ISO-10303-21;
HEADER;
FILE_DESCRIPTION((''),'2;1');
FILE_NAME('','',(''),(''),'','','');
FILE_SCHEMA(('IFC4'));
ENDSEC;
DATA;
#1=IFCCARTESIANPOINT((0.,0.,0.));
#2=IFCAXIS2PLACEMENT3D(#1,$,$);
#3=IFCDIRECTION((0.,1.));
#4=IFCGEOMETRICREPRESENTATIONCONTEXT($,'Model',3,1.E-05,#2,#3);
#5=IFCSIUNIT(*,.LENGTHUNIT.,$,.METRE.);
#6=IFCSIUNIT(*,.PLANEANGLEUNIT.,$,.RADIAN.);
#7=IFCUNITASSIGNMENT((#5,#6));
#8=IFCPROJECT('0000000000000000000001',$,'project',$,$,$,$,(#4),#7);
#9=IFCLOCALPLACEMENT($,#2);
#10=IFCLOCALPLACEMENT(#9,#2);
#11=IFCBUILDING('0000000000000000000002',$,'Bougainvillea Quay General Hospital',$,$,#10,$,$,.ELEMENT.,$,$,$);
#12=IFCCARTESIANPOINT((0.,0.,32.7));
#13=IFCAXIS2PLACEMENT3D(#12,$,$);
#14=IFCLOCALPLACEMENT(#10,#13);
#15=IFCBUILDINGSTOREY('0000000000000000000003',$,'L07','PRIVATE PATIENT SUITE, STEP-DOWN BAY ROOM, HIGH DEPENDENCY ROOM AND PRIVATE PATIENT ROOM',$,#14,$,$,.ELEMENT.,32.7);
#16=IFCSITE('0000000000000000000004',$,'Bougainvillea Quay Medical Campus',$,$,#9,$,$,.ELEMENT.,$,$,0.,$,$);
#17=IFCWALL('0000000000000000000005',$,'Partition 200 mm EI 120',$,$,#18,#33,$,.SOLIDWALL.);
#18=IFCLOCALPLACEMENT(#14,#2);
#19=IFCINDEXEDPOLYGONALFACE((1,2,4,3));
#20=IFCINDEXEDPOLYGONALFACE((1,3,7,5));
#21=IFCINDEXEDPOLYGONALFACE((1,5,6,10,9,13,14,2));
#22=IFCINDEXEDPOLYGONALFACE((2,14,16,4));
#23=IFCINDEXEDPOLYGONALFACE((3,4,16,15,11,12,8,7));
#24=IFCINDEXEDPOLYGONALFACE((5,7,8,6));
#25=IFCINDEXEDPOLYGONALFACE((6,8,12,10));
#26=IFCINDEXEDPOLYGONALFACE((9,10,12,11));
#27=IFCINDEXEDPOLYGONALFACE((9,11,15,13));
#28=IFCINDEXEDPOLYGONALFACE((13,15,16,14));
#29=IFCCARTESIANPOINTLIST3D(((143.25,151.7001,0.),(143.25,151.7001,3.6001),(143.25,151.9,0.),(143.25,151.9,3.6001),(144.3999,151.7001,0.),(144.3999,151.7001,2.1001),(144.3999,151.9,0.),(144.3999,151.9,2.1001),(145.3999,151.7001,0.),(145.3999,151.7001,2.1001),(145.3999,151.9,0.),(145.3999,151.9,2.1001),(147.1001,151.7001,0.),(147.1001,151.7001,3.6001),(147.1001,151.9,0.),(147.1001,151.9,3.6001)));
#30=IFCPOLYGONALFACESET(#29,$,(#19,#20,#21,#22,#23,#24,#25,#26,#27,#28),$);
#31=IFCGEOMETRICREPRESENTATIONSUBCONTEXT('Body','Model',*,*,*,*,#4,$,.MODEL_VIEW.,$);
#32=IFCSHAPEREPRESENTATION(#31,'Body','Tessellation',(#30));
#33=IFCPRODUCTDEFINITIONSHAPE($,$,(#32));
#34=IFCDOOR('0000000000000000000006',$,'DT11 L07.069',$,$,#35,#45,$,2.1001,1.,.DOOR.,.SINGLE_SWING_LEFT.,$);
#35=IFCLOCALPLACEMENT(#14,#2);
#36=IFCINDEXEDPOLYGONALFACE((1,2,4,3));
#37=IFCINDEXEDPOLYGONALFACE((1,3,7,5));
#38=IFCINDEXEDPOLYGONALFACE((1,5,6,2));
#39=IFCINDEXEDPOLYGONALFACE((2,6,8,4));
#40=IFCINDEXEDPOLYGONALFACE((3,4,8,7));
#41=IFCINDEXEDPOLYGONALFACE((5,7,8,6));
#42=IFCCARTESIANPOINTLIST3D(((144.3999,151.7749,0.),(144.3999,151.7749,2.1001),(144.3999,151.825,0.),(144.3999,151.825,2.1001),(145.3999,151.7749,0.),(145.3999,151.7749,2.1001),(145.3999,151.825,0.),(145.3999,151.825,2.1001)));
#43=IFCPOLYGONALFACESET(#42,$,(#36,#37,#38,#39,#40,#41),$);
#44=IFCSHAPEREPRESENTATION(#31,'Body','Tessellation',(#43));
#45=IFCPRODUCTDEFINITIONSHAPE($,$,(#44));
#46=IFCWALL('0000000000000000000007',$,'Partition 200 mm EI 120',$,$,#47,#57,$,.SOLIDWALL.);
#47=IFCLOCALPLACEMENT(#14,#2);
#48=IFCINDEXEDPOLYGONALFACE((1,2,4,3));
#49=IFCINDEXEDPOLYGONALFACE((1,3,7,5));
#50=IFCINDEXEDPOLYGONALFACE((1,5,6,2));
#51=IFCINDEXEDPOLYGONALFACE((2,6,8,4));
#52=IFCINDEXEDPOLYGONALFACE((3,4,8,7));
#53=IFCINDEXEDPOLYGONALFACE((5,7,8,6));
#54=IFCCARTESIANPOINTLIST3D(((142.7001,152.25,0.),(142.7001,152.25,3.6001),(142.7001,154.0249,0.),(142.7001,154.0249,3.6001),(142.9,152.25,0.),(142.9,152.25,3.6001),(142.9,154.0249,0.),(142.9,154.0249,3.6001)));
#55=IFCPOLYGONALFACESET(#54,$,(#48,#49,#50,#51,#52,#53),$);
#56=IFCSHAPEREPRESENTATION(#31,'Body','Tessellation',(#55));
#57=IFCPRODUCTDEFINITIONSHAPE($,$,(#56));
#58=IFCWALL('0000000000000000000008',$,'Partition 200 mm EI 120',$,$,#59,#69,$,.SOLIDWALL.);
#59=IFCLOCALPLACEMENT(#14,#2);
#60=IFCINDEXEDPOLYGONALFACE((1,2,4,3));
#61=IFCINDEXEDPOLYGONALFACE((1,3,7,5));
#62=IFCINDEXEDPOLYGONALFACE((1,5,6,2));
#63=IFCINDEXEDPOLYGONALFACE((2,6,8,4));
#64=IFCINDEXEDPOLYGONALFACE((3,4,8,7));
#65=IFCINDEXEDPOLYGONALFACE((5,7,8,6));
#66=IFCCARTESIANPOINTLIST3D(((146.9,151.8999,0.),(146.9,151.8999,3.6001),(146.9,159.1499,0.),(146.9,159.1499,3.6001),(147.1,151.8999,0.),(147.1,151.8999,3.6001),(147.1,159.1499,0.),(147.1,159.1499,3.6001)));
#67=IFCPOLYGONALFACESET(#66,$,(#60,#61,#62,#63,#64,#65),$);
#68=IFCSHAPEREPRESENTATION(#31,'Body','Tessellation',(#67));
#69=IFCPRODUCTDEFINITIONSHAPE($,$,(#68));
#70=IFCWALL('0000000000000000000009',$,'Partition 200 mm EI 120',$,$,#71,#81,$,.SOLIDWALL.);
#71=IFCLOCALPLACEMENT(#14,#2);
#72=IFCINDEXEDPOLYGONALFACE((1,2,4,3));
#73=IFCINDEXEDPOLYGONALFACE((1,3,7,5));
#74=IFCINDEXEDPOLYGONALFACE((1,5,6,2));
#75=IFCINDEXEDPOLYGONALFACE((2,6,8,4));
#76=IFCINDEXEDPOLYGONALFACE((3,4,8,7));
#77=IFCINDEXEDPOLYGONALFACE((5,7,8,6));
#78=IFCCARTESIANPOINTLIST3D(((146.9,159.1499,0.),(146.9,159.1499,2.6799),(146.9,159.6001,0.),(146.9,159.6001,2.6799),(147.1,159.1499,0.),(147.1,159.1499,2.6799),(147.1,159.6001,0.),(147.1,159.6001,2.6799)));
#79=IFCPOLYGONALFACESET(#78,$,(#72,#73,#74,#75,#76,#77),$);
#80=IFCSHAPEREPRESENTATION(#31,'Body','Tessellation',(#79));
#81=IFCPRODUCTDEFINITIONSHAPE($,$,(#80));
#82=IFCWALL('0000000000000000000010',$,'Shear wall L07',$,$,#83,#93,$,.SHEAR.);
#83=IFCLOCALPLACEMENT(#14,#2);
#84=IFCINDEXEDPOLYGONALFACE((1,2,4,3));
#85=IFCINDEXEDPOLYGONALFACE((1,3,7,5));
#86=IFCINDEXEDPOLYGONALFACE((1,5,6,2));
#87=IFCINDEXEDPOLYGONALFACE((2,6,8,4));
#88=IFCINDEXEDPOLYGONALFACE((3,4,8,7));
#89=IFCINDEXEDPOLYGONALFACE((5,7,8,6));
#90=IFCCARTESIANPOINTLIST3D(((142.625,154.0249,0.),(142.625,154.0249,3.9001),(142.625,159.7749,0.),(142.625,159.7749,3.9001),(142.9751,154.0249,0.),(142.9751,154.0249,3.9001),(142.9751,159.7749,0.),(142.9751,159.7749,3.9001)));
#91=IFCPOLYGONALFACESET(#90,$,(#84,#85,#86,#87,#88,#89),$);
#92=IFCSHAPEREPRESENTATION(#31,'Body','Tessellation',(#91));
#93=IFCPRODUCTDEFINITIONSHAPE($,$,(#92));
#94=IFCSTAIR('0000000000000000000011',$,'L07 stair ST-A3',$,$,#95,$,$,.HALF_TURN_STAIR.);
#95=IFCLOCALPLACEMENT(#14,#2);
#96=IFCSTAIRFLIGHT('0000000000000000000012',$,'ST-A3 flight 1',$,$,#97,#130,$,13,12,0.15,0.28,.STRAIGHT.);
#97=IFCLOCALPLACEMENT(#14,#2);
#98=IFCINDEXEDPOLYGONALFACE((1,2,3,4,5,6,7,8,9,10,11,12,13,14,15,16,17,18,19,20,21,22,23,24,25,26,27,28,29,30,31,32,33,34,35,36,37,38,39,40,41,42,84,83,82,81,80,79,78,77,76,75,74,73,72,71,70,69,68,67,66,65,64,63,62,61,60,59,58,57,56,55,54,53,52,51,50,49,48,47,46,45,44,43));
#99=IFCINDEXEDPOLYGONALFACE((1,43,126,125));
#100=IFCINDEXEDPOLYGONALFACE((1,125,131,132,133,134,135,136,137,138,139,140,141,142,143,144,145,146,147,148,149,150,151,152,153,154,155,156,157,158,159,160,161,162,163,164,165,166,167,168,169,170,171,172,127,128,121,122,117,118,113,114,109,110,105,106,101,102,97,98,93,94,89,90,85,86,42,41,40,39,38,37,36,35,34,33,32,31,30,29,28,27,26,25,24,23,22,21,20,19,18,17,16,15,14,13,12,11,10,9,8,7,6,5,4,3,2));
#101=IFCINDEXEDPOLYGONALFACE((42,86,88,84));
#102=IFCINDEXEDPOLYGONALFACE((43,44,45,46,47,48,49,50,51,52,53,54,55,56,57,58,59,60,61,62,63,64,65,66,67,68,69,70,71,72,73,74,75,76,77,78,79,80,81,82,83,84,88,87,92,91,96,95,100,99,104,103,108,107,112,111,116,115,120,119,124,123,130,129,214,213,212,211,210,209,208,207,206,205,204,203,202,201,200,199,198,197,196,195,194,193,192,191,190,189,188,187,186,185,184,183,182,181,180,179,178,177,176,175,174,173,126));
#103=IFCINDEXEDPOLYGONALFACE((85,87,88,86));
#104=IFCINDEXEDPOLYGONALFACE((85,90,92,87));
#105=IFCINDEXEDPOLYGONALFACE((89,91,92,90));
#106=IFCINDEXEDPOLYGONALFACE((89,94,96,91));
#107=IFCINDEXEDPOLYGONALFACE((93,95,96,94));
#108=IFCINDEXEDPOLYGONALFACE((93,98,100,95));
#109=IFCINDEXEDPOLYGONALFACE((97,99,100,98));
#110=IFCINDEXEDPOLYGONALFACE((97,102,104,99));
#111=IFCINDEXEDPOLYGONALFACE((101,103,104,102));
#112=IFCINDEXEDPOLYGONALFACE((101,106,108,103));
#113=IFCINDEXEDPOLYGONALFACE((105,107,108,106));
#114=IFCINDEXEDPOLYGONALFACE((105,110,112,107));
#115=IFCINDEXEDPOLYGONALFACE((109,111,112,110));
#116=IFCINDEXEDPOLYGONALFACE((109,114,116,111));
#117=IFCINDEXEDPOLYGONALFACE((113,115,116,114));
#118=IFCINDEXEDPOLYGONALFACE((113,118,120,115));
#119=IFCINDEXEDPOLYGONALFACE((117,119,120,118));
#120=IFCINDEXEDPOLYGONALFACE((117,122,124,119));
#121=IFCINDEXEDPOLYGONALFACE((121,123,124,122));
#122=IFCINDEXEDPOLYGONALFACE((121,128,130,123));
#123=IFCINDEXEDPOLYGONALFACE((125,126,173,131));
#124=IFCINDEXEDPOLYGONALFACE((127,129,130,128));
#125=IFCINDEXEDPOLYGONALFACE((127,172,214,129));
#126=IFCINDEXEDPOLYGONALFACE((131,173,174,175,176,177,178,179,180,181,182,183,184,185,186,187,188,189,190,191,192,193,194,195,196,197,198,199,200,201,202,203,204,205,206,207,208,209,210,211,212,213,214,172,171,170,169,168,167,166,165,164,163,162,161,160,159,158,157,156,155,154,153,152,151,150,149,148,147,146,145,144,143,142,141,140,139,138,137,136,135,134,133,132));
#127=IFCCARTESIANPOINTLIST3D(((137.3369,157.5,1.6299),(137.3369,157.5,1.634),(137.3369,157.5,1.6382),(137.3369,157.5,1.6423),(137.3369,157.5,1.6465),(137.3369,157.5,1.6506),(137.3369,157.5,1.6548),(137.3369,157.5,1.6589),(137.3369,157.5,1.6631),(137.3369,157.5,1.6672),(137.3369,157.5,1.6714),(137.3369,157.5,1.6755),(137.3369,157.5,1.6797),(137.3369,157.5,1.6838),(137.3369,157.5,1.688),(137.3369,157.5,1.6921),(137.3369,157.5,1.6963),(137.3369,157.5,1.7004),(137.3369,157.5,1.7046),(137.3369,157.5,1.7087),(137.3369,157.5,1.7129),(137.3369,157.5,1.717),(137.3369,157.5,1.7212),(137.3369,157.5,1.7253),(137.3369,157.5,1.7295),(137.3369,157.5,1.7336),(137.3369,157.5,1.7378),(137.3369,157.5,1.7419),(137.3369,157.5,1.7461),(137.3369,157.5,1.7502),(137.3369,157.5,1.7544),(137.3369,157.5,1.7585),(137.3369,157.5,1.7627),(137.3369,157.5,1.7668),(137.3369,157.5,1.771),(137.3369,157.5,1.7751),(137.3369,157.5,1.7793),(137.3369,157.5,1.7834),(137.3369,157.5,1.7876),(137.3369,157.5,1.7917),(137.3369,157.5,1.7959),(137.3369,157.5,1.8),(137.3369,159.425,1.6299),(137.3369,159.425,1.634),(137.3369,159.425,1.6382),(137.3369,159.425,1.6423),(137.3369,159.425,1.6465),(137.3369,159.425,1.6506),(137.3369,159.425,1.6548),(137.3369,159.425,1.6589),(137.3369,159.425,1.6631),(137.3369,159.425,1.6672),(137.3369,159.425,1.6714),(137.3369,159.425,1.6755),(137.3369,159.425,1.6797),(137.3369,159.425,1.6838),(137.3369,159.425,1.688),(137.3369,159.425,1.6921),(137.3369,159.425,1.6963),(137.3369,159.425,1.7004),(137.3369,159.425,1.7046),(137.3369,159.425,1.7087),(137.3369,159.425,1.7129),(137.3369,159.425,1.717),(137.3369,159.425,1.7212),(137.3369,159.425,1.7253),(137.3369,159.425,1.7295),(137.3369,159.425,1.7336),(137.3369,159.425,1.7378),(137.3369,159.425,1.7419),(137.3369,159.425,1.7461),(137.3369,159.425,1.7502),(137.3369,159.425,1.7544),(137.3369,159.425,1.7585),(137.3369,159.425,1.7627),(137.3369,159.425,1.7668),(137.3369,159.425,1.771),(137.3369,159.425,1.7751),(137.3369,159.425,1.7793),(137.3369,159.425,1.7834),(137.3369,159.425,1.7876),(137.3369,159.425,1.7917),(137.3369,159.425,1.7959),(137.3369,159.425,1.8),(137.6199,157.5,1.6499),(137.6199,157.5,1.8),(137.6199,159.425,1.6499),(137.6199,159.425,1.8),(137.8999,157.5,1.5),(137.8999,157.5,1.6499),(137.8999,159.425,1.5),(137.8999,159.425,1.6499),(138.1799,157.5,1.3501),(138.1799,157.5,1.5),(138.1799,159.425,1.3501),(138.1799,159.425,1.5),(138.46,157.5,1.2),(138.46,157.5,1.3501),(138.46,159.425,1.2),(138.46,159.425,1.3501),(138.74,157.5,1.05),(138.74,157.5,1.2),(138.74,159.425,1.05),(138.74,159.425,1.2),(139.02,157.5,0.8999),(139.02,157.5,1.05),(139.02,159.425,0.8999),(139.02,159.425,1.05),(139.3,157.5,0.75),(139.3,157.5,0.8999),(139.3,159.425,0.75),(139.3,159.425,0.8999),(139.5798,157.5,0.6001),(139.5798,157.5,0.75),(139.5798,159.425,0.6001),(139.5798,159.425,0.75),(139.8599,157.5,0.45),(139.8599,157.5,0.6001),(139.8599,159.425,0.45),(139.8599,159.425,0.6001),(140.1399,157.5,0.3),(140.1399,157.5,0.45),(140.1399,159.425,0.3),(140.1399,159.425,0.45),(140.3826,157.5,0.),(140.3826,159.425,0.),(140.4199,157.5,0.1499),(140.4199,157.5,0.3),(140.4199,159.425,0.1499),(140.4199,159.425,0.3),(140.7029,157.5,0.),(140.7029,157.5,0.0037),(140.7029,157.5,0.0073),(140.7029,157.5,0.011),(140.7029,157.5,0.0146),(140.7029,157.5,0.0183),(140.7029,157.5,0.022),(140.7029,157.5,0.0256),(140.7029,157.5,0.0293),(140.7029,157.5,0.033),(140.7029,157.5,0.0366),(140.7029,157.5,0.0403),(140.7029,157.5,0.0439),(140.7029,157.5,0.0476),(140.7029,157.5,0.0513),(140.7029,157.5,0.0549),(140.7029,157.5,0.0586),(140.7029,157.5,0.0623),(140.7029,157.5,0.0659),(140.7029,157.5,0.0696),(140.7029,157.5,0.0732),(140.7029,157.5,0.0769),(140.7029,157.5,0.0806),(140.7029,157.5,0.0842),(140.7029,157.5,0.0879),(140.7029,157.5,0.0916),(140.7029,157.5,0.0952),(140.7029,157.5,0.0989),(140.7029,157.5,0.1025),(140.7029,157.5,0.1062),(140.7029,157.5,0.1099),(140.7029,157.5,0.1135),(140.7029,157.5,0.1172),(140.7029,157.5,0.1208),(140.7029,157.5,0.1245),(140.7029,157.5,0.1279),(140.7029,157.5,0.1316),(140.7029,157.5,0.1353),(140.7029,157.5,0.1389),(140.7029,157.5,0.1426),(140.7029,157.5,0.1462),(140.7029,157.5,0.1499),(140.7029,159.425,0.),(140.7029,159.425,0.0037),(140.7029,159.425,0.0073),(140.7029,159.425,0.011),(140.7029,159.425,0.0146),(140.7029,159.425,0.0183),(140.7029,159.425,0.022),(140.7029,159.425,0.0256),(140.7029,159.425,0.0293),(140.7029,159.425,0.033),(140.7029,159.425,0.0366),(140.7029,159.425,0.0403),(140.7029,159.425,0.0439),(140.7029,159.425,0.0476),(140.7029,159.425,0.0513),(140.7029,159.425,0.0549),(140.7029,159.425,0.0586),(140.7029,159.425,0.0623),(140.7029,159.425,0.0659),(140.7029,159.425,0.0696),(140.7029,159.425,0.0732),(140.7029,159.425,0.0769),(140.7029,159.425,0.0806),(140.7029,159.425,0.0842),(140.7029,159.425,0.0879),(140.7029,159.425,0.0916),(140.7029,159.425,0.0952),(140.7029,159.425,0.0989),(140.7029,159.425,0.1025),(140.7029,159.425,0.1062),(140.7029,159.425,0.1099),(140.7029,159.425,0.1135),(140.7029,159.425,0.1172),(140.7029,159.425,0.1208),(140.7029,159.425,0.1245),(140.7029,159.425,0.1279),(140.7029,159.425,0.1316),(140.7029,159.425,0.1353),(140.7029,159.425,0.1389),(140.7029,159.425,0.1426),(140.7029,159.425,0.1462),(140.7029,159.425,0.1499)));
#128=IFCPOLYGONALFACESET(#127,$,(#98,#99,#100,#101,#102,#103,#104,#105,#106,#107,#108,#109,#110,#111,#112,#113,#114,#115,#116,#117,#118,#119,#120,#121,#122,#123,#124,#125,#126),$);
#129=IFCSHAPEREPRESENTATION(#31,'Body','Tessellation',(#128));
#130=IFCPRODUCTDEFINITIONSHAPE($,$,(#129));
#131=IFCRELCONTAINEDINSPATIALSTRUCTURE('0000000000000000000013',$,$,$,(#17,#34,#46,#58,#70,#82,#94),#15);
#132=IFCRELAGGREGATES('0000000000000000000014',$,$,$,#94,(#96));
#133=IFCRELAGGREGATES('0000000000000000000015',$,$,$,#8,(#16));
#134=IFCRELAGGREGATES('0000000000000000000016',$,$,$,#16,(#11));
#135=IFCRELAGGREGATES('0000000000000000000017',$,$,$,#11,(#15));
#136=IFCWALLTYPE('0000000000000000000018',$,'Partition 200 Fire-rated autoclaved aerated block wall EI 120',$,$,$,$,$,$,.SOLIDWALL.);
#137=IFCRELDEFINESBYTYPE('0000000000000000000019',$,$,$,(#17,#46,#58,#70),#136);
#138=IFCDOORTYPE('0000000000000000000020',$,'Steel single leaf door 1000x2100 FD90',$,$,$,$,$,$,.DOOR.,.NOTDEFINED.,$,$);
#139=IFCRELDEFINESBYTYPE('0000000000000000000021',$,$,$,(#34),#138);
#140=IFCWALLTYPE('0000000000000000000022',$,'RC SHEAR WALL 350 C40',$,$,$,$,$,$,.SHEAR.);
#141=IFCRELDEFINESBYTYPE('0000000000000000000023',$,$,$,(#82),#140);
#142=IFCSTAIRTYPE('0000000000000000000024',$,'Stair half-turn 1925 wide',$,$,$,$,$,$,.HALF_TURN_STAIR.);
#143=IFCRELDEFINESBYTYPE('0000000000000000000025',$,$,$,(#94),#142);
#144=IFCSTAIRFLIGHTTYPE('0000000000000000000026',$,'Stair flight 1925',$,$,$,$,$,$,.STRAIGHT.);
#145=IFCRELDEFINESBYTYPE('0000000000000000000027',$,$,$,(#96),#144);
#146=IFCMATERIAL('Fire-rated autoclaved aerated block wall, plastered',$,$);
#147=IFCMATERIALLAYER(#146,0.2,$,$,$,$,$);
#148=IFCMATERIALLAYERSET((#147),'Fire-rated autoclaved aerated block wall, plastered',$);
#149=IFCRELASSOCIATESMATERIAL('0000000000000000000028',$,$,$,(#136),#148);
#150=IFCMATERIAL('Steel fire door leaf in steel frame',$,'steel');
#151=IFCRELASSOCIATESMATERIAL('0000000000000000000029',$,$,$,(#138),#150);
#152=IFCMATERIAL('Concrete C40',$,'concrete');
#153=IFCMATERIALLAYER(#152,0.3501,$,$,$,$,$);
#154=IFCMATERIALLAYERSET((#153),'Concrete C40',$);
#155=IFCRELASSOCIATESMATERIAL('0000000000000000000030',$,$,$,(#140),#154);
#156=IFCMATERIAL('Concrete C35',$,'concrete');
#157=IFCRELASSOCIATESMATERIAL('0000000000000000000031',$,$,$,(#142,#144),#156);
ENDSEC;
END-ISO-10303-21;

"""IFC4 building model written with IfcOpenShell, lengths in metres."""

from ifc_helpers import new_model, si_unit, direction, frame, frame_2d, origin, place, context, subcontext, project, spatial, polyline, rectangle, outline, extrude, material, layer, layer_set, type_object, element, fill, aggregate, save


model = new_model("IFC4")

# Units and contexts
model_context = context("Model", 3, precision=1e-05, world=origin(), true_north=direction((0.0, 1.0)))
body_context = subcontext(model_context, "Body", "Model", "MODEL_VIEW")
ifc_project = project(units=[si_unit("LENGTHUNIT", "METRE"), si_unit("PLANEANGLEUNIT", "RADIAN")], contexts=[model_context])

# Site, building, storey
site_placement = place(None, origin())
site = spatial("IfcSite", under=ifc_project, at=site_placement, Name="Bougainvillea Quay Medical Campus", CompositionType="ELEMENT", RefElevation=0.0)
building_placement = place(site_placement, origin())
building = spatial("IfcBuilding", under=site, at=building_placement, Name="Bougainvillea Quay General Hospital", CompositionType="ELEMENT")
storey_placement = place(building_placement, frame((0.0, 0.0, 32.7)))
storey = spatial("IfcBuildingStorey", under=building, at=storey_placement, Name="L07", Description="PRIVATE PATIENT SUITE, STEP-DOWN BAY ROOM, HIGH DEPENDENCY ROOM AND PRIVATE PATIENT ROOM", CompositionType="ELEMENT", Elevation=32.7)

# Shared definitions
ifc_material_1 = material(Name="Concrete C40", Category="concrete")

# Wall, opening, door
ifc_material_2 = material(Name="Fire-rated autoclaved aerated block wall, plastered")
ifc_layer_1 = layer(ifc_material_2, 0.2)
ifc_layer_set_1 = layer_set([ifc_layer_1], Name="Fire-rated autoclaved aerated block wall, plastered")
wall_type_1 = type_object("IfcWallType", Name="Partition 200 Fire-rated autoclaved aerated block wall EI 120", PredefinedType="SOLIDWALL", material=ifc_layer_set_1)
wall_1_placement = place(storey_placement, frame((143.25, 151.8, 0.0), z_axis=(0.0, 0.0, 1.0), x_axis=(1.0, 0.0, 0.0)))
wall_1 = element("IfcWall", 1, at=wall_1_placement, inside=storey, type_object=wall_type_1, Name="Partition 200 mm EI 120", PredefinedType="SOLIDWALL", context=body_context, shape_type="SweptSolid", body=[
    extrude(rectangle(XDim=3.8501, YDim=0.2, at=frame_2d((1.925, 0.0))), origin(), (0.0, 0.0, 1.0), 3.6001),
])
opening_1_placement = place(wall_1_placement, frame((1.1499, 0.0, 0.0)))
opening_1 = element("IfcOpeningElement", 2, at=opening_1_placement, cuts=wall_1, PredefinedType="OPENING", context=body_context, shape_type="SweptSolid", body=[
    extrude(rectangle(XDim=1.0, YDim=2.1001, at=frame_2d((0.5, 1.05))), frame((0.0, 0.1099, 0.0), z_axis=(0.0, -1.0, 0.0), x_axis=(1.0, 0.0, 0.0)), (0.0, 0.0, 1.0), 0.22),
])
ifc_material_3 = material(Name="Steel fire door leaf in steel frame", Category="steel")
door_type_1 = type_object("IfcDoorType", Name="Steel single leaf door 1000x2100 FD90", OperationType="NOTDEFINED", PredefinedType="DOOR", material=ifc_material_3)
door_1_placement = place(opening_1_placement, origin())
door_1 = element("IfcDoor", 3, at=door_1_placement, inside=storey, type_object=door_type_1, Name="DT11 L07.069", OperationType="SINGLE_SWING_LEFT", OverallHeight=2.1001, OverallWidth=1.0, PredefinedType="DOOR", context=body_context, shape_type="SweptSolid", body=[
    extrude(rectangle(XDim=1.0, YDim=2.1001, at=frame_2d((0.5, 1.05))), frame((0.0, 0.0249, 0.0), z_axis=(0.0, -1.0, 0.0), x_axis=(1.0, 0.0, 0.0)), (0.0, 0.0, 1.0), 0.05),
])
fill(opening_1, door_1)

# Walls
wall_2_placement = place(storey_placement, frame((142.8, 152.25, 0.0), z_axis=(0.0, 0.0, 1.0), x_axis=(0.0, 1.0, 0.0)))
element("IfcWall", 4, at=wall_2_placement, inside=storey, type_object=wall_type_1, Name="Partition 200 mm EI 120", PredefinedType="SOLIDWALL", context=body_context, shape_type="SweptSolid", body=[
    extrude(rectangle(XDim=1.7749, YDim=0.2, at=frame_2d((0.8875, 0.0))), origin(), (0.0, 0.0, 1.0), 3.6001),
])
wall_3_placement = place(storey_placement, frame((147.0, 151.8999, 0.0), z_axis=(0.0, 0.0, 1.0), x_axis=(0.0, 1.0, 0.0)))
element("IfcWall", 5, at=wall_3_placement, inside=storey, type_object=wall_type_1, Name="Partition 200 mm EI 120", PredefinedType="SOLIDWALL", context=body_context, shape_type="SweptSolid", body=[
    extrude(rectangle(XDim=7.25, YDim=0.2, at=frame_2d((3.625, 0.0))), origin(), (0.0, 0.0, 1.0), 3.6001),
])
wall_4_placement = place(storey_placement, frame((147.0, 159.1499, 0.0), z_axis=(0.0, 0.0, 1.0), x_axis=(0.0, 1.0, 0.0)))
element("IfcWall", 6, at=wall_4_placement, inside=storey, type_object=wall_type_1, Name="Partition 200 mm EI 120", PredefinedType="SOLIDWALL", context=body_context, shape_type="SweptSolid", body=[
    extrude(rectangle(XDim=0.4502, YDim=0.2, at=frame_2d((0.2251, 0.0))), origin(), (0.0, 0.0, 1.0), 2.6799),
])
ifc_layer_2 = layer(ifc_material_1, 0.3501)
ifc_layer_set_2 = layer_set([ifc_layer_2], Name="Concrete C40")
wall_type_2 = type_object("IfcWallType", Name="RC SHEAR WALL 350 C40", PredefinedType="SHEAR", material=ifc_layer_set_2)
wall_5_placement = place(storey_placement, frame((142.8, 154.0249, 0.0), z_axis=(0.0, 0.0, 1.0), x_axis=(0.0, 1.0, 0.0)))
element("IfcWall", 7, at=wall_5_placement, inside=storey, type_object=wall_type_2, Name="Shear wall L07", PredefinedType="SHEAR", context=body_context, shape_type="SweptSolid", body=[
    extrude(rectangle(XDim=5.75, YDim=0.3501, at=frame_2d((2.875, 0.0))), origin(), (0.0, 0.0, 1.0), 3.9001),
])

# Stair, stair flight
ifc_material_4 = material(Name="Concrete C35", Category="concrete")
stair_type = type_object("IfcStairType", Name="Stair half-turn 1925 wide", PredefinedType="HALF_TURN_STAIR", material=ifc_material_4)
stair_placement = place(storey_placement, origin())
stair = element("IfcStair", 8, at=stair_placement, inside=storey, type_object=stair_type, Name="L07 stair ST-A3", PredefinedType="HALF_TURN_STAIR")
stair_flight_type = type_object("IfcStairFlightType", Name="Stair flight 1925", PredefinedType="STRAIGHT", material=ifc_material_4)
stair_flight_1_placement = place(storey_placement, frame((140.7, 158.4624, 0.0), z_axis=(0.0, 0.0, 1.0), x_axis=(-1.0, 0.0, 0.0)))
stair_flight_1 = element("IfcStairFlight", 9, at=stair_flight_1_placement, type_object=stair_flight_type, Name="ST-A3 flight 1", NumberOfRisers=13, NumberOfTreads=12, PredefinedType="STRAIGHT", RiserHeight=0.15, TreadLength=0.28, context=body_context, shape_type="SweptSolid", body=[
    extrude(outline(polyline([(-0.0029, 0.0), (-0.0029, 0.0037), (-0.0029, 0.0073), (-0.0029, 0.011), (-0.0029, 0.0146), (-0.0029, 0.0183), (-0.0029, 0.022), (-0.0029, 0.0256), (-0.0029, 0.0293), (-0.0029, 0.033), (-0.0029, 0.0366), (-0.0029, 0.0403), (-0.0029, 0.0439), (-0.0029, 0.0476), (-0.0029, 0.0513), (-0.0029, 0.0549), (-0.0029, 0.0586), (-0.0029, 0.0623), (-0.0029, 0.0659), (-0.0029, 0.0696), (-0.0029, 0.0732), (-0.0029, 0.0769), (-0.0029, 0.0806), (-0.0029, 0.0842), (-0.0029, 0.0879), (-0.0029, 0.0916), (-0.0029, 0.0952), (-0.0029, 0.0989), (-0.0029, 0.1025), (-0.0029, 0.1062), (-0.0029, 0.1099), (-0.0029, 0.1135), (-0.0029, 0.1172), (-0.0029, 0.1208), (-0.0029, 0.1245), (-0.0029, 0.1279), (-0.0029, 0.1316), (-0.0029, 0.1353), (-0.0029, 0.1389), (-0.0029, 0.1426), (-0.0029, 0.1462), (-0.0029, 0.1499), (0.28, 0.1499), (0.28, 0.3), (0.5601, 0.3), (0.5601, 0.45), (0.8401, 0.45), (0.8401, 0.6001), (1.1201, 0.6001), (1.1201, 0.75), (1.3999, 0.75), (1.3999, 0.8999), (1.6799, 0.8999), (1.6799, 1.05), (1.96, 1.05), (1.96, 1.2), (2.24, 1.2), (2.24, 1.3501), (2.52, 1.3501), (2.52, 1.5), (2.8, 1.5), (2.8, 1.6499), (3.0801, 1.6499), (3.0801, 1.8), (3.363, 1.8), (3.363, 1.7959), (3.363, 1.7917), (3.363, 1.7876), (3.363, 1.7834), (3.363, 1.7793), (3.363, 1.7751), (3.363, 1.771), (3.363, 1.7668), (3.363, 1.7627), (3.363, 1.7585), (3.363, 1.7544), (3.363, 1.7502), (3.363, 1.7461), (3.363, 1.7419), (3.363, 1.7378), (3.363, 1.7336), (3.363, 1.7295), (3.363, 1.7253), (3.363, 1.7212), (3.363, 1.717), (3.363, 1.7129), (3.363, 1.7087), (3.363, 1.7046), (3.363, 1.7004), (3.363, 1.6963), (3.363, 1.6921), (3.363, 1.688), (3.363, 1.6838), (3.363, 1.6797), (3.363, 1.6755), (3.363, 1.6714), (3.363, 1.6672), (3.363, 1.6631), (3.363, 1.6589), (3.363, 1.6548), (3.363, 1.6506), (3.363, 1.6465), (3.363, 1.6423), (3.363, 1.6382), (3.363, 1.634), (3.363, 1.6299), (0.3174, 0.0), (-0.0029, 0.0)])), frame((0.0, 0.9624, 0.0), z_axis=(0.0, -1.0, 0.0), x_axis=(1.0, 0.0, 0.0)), (0.0, 0.0, 1.0), 1.925),
])
aggregate(stair, [stair_flight_1])

save(model, "model.ifc")
